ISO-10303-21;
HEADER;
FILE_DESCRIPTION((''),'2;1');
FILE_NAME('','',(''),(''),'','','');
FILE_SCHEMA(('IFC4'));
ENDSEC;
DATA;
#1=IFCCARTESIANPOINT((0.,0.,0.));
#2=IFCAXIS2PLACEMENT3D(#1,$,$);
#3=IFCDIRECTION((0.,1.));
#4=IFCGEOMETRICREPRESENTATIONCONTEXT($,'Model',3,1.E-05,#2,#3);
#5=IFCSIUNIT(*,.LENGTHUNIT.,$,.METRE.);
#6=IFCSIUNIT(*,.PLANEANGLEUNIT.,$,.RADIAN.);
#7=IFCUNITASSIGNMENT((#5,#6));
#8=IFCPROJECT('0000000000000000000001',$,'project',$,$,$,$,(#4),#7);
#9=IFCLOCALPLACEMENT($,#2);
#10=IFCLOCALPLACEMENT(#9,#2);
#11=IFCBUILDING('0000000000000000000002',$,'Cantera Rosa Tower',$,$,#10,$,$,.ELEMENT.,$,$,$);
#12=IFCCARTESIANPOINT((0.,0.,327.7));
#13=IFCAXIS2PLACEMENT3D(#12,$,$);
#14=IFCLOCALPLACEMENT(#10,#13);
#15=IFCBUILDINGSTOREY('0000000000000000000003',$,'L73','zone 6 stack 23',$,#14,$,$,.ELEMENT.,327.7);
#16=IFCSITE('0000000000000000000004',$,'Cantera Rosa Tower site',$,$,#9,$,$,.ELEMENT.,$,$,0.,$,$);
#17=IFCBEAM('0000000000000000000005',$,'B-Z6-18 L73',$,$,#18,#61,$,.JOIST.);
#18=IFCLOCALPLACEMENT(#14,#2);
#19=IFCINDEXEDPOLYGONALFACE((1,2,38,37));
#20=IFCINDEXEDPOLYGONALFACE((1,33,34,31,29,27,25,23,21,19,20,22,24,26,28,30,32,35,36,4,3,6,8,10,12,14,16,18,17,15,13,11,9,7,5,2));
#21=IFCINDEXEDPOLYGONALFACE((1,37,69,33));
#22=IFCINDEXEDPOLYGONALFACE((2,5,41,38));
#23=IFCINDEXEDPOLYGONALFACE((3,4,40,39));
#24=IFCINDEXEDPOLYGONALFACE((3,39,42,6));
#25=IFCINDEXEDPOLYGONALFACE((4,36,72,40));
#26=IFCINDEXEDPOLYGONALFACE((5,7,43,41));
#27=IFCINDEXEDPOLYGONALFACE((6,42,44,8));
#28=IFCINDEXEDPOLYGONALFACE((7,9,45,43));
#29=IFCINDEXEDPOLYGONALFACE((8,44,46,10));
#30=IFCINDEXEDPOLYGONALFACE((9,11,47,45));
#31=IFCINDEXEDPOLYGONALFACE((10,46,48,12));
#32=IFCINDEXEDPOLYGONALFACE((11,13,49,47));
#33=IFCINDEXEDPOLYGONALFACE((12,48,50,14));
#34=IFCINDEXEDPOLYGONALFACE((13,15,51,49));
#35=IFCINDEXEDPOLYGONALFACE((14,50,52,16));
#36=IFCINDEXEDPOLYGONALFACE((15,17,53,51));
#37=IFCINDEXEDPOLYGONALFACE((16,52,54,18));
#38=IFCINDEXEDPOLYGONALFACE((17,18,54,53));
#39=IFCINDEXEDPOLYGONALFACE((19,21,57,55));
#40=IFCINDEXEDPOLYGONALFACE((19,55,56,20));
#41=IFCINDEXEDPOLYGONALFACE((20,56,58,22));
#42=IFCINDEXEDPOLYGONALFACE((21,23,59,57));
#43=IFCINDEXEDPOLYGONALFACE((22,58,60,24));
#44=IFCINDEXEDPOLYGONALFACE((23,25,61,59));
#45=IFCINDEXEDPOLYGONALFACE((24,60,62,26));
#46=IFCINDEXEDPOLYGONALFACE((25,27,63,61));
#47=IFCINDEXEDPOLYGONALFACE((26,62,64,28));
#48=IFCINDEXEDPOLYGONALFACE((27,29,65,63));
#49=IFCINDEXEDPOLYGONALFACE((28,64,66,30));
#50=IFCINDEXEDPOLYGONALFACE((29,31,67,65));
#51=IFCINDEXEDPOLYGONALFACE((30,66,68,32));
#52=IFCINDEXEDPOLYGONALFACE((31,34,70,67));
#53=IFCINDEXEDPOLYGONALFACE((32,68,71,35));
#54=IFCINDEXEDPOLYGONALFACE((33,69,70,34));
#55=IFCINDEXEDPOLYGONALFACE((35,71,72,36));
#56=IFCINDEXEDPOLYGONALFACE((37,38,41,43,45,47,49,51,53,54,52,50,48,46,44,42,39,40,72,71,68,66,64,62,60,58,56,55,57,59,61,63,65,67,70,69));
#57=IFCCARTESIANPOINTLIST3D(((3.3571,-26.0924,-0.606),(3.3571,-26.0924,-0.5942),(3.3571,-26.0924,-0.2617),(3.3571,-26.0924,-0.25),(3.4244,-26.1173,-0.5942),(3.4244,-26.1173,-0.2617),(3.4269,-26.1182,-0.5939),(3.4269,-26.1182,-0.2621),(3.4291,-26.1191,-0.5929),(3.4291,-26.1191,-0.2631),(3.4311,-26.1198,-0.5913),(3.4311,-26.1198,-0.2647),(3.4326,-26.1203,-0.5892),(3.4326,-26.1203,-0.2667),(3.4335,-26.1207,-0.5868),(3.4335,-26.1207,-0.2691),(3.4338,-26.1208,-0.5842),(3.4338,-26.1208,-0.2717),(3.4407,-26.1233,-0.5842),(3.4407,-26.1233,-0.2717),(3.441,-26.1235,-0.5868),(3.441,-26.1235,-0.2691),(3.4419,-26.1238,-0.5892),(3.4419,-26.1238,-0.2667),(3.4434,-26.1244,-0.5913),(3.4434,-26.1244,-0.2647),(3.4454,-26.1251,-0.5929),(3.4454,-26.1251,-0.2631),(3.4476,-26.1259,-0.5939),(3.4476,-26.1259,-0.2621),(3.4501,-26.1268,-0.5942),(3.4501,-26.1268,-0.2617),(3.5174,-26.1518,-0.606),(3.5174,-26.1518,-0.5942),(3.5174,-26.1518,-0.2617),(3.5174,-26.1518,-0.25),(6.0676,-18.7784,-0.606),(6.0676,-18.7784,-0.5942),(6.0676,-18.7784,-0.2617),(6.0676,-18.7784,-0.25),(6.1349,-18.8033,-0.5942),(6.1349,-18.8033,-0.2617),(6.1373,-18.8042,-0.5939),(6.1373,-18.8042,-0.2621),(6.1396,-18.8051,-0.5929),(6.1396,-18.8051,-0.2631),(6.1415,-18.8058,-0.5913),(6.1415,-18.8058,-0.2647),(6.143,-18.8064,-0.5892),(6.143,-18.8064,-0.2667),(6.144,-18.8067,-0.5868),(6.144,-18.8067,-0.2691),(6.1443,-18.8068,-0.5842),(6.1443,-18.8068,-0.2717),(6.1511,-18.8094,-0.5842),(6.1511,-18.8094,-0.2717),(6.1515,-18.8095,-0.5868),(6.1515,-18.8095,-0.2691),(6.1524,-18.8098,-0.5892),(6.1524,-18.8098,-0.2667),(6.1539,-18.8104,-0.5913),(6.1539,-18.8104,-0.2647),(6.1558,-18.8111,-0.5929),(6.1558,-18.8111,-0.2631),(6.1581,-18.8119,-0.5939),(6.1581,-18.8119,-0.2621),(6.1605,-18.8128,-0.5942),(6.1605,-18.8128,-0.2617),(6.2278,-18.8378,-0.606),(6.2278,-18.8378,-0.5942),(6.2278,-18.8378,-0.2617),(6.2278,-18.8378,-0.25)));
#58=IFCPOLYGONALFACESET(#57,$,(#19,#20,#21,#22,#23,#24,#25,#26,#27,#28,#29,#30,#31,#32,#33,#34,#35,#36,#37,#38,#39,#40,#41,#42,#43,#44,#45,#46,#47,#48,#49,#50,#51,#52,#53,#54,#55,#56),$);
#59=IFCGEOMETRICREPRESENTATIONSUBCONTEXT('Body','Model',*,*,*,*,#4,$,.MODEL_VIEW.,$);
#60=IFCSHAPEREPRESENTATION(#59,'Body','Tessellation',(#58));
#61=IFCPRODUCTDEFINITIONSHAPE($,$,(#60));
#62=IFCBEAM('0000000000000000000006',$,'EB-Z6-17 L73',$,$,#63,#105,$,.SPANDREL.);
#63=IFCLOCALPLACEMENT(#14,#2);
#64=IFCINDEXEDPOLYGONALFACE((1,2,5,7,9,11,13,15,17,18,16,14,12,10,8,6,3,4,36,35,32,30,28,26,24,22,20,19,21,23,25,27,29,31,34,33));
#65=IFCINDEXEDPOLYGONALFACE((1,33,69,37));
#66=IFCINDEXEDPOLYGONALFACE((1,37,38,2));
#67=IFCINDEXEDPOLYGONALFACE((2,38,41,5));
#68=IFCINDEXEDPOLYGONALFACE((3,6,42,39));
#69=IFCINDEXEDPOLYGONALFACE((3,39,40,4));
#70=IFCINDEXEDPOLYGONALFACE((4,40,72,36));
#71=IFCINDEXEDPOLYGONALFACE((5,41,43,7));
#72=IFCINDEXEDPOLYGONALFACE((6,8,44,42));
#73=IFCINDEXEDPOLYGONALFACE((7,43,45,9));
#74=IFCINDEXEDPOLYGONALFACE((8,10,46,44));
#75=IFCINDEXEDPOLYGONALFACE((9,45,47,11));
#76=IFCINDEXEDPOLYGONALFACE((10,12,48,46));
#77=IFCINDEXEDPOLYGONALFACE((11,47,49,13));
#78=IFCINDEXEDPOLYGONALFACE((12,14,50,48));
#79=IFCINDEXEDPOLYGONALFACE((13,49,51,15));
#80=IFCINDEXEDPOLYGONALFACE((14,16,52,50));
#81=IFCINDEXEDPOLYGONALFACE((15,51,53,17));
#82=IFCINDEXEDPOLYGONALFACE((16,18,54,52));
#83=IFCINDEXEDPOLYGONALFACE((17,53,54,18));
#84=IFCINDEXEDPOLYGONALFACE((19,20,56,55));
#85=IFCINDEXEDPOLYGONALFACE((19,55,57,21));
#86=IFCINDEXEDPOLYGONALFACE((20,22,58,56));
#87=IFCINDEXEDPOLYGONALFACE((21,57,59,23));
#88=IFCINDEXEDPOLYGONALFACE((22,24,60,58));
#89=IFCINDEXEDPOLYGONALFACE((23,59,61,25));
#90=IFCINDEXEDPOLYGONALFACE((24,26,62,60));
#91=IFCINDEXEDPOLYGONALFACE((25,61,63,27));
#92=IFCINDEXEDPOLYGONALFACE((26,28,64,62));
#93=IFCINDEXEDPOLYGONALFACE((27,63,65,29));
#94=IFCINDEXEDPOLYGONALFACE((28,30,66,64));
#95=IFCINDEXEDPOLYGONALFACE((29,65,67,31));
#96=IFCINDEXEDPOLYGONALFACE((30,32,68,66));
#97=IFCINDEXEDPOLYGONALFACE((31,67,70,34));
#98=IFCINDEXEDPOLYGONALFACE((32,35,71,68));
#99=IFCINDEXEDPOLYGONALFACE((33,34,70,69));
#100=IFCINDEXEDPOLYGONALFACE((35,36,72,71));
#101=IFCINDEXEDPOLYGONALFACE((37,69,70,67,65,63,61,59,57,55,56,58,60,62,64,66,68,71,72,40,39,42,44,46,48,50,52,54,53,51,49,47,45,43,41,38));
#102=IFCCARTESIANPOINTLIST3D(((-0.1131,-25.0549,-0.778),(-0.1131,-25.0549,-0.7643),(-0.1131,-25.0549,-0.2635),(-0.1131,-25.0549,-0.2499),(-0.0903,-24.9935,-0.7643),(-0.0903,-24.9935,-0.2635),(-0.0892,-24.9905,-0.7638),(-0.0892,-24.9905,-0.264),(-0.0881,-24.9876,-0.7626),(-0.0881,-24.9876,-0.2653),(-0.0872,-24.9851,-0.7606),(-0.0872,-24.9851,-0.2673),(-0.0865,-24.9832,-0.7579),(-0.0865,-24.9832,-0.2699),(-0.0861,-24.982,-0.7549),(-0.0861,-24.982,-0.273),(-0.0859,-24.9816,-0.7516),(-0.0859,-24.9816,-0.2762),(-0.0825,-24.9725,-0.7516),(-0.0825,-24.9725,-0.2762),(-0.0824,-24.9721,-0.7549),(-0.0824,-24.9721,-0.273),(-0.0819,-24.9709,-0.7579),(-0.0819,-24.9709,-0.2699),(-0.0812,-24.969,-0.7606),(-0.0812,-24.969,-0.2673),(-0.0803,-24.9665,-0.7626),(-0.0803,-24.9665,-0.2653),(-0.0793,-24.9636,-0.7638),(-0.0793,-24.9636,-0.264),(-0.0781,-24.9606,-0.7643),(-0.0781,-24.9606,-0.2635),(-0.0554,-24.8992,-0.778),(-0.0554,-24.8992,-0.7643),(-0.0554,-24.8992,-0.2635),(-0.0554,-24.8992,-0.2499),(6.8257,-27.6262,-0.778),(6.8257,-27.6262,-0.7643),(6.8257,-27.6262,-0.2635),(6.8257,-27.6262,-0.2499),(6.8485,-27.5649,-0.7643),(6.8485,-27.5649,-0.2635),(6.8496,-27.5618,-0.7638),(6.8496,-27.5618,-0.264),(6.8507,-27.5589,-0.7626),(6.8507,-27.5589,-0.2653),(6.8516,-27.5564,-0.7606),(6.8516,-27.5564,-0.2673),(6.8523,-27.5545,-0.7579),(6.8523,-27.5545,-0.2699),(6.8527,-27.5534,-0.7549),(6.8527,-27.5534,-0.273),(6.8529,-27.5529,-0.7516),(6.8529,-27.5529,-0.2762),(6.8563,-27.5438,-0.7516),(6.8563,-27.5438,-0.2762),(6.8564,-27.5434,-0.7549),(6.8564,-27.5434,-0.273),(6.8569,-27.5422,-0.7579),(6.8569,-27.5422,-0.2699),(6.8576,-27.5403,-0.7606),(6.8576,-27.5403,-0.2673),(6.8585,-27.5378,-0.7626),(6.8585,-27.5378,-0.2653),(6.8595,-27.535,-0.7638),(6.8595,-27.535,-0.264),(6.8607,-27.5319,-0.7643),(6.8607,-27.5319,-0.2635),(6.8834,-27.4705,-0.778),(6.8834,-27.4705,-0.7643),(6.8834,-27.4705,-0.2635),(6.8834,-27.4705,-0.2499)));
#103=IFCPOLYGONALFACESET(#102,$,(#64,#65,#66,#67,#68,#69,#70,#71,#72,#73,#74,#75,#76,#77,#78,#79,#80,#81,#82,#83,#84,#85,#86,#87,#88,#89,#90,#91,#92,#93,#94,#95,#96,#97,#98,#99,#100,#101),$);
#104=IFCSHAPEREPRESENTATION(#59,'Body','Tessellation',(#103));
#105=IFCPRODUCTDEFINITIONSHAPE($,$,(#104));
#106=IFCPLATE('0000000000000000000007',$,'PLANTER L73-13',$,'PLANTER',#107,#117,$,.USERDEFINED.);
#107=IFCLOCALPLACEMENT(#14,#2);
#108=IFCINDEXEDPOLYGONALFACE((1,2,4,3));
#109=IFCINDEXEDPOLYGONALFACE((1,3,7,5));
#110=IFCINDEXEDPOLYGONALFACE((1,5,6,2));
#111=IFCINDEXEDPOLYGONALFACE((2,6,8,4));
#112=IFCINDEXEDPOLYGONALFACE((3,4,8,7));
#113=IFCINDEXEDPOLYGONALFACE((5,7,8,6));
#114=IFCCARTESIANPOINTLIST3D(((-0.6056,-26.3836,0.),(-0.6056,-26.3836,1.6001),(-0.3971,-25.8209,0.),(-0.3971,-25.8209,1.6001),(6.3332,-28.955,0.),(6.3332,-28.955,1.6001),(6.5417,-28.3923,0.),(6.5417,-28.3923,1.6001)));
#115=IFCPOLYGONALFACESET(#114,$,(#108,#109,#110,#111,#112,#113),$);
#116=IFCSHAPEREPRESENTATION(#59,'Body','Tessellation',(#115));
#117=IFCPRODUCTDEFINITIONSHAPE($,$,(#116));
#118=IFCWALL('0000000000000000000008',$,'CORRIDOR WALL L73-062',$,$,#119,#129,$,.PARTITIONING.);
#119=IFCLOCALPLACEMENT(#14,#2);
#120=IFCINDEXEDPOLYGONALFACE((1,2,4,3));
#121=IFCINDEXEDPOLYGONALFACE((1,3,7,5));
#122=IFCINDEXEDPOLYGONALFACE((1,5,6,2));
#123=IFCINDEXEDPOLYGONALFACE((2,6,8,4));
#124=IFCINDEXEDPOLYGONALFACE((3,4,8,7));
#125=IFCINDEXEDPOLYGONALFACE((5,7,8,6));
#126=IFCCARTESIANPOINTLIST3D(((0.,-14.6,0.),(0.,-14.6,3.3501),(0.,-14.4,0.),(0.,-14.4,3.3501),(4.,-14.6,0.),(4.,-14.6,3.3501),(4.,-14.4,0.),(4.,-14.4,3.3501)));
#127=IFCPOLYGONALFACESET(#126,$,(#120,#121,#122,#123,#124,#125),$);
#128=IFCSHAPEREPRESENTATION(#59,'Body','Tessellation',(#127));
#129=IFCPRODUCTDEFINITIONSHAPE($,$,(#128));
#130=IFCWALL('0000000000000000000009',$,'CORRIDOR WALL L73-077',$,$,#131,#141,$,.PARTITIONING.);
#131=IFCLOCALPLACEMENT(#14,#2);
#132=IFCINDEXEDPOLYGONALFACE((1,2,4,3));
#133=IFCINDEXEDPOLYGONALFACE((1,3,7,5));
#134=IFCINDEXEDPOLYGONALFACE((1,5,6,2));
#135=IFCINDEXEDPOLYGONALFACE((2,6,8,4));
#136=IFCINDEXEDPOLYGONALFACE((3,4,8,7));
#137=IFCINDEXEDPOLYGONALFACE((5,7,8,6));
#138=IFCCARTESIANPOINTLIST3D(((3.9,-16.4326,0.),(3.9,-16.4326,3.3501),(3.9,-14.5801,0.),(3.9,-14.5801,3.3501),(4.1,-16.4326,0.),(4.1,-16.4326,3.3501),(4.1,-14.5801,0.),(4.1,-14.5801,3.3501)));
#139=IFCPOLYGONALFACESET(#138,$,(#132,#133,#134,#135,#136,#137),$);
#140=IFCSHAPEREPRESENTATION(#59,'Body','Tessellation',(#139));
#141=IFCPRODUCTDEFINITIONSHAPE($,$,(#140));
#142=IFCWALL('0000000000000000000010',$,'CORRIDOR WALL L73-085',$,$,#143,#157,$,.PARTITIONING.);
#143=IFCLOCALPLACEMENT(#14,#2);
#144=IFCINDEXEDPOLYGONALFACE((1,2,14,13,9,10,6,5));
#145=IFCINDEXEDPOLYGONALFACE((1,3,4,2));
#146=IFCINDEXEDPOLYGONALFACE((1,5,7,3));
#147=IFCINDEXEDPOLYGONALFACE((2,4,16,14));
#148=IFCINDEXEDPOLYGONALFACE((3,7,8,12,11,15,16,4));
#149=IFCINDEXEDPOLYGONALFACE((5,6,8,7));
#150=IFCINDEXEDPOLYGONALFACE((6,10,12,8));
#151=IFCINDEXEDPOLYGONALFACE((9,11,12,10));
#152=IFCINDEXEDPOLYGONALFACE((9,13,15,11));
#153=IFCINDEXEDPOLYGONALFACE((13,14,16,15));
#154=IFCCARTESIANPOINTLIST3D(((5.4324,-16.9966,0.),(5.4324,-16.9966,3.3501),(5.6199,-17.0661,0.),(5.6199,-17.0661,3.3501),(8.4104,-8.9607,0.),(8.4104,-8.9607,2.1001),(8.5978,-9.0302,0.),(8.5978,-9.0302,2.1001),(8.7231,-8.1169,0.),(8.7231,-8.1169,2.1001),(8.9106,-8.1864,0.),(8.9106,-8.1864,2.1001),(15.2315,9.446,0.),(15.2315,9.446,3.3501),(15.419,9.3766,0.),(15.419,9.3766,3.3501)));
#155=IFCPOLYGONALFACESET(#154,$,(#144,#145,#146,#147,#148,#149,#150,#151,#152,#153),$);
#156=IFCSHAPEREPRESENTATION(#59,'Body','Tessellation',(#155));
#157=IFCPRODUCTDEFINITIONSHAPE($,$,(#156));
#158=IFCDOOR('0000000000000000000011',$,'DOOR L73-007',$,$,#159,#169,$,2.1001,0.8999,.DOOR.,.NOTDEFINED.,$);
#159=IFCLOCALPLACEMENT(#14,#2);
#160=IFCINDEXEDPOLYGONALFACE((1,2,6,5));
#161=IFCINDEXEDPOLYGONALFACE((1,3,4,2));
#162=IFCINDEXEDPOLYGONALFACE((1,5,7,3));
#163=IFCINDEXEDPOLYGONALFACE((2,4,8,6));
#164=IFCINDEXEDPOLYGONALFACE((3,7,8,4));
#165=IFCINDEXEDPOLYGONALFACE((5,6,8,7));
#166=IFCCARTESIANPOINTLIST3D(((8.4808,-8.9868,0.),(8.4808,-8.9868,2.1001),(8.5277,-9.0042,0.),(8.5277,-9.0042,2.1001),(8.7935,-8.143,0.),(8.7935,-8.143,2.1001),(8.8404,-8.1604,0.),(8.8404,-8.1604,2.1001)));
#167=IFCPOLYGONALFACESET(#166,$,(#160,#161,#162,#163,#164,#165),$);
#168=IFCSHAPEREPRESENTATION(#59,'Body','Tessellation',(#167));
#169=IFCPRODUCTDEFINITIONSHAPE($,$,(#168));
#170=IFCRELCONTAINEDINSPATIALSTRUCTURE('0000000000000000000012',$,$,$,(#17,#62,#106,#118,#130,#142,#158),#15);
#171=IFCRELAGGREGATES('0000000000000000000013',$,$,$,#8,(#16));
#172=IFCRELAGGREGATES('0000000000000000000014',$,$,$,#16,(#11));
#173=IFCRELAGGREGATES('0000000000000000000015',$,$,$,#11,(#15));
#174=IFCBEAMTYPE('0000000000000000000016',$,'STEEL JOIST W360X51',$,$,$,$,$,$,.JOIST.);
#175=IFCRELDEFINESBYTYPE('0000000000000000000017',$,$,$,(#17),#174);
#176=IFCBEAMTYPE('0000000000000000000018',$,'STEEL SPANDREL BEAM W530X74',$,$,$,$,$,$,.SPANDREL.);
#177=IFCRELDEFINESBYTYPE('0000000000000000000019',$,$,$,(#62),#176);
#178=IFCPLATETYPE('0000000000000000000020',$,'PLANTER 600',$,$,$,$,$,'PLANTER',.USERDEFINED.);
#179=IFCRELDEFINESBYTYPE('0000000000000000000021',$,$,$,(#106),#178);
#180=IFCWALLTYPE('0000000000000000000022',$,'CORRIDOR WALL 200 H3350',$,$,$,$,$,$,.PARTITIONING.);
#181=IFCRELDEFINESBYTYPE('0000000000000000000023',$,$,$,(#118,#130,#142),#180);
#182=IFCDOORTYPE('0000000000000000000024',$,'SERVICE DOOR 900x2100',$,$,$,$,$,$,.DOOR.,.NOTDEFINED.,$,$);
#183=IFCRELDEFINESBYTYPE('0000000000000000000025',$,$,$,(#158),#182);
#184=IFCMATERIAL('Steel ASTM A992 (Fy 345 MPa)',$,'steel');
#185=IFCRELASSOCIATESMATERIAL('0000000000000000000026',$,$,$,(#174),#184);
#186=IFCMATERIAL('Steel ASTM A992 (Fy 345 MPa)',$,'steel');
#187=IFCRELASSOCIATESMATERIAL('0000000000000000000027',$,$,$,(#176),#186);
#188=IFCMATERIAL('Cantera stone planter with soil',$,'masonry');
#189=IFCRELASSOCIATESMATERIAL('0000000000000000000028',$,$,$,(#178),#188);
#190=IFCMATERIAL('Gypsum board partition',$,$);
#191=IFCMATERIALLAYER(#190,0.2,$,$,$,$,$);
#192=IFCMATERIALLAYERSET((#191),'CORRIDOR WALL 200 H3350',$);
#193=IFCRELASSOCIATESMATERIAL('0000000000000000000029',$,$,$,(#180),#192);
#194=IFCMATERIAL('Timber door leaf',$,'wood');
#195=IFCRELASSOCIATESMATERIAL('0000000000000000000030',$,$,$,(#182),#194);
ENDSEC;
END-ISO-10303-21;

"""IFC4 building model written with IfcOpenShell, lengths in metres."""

from ifc_helpers import new_model, si_unit, direction, frame, frame_2d, origin, origin_2d, place, context, subcontext, project, spatial, rectangle, i_section, extrude, material, layer, layer_set, material_profile, profile_set, type_object, element, fill, save


model = new_model("IFC4")

# Units and contexts
model_context = context("Model", 3, precision=1e-05, world=origin(), true_north=direction((0.0, 1.0)))
body_context = subcontext(model_context, "Body", "Model", "MODEL_VIEW")
ifc_project = project(units=[si_unit("LENGTHUNIT", "METRE"), si_unit("PLANEANGLEUNIT", "RADIAN")], contexts=[model_context])

# Site, building, storey
site_placement = place(None, origin())
site = spatial("IfcSite", under=ifc_project, at=site_placement, Name="Cantera Rosa Tower site", CompositionType="ELEMENT", RefElevation=0.0)
building_placement = place(site_placement, origin())
building = spatial("IfcBuilding", under=site, at=building_placement, Name="Cantera Rosa Tower", CompositionType="ELEMENT")
storey_placement = place(building_placement, frame((0.0, 0.0, 327.7)))
storey = spatial("IfcBuildingStorey", under=building, at=storey_placement, Name="L73", Description="zone 6 stack 23", CompositionType="ELEMENT", Elevation=327.7)

# Beams
ifc_material_1 = material(Name="Steel ASTM A992 (Fy 345 MPa)", Category="steel")
ifc_material_profile_1 = material_profile(ifc_material_1, i_section(OverallWidth=0.1709, OverallDepth=0.356, WebThickness=0.0073, FlangeThickness=0.0117, FilletRadius=0.01, at=origin_2d()), Name="W360X51")
ifc_profile_set_1 = profile_set([ifc_material_profile_1], Name="Steel ASTM A992 (Fy 345 MPa)")
beam_type_1 = type_object("IfcBeamType", Name="STEEL JOIST W360X51", PredefinedType="JOIST", material=ifc_profile_set_1)
beam_1_placement = place(storey_placement, frame((3.4373, -26.1221, -0.428), z_axis=(0.347492, 0.937683, 0.0), x_axis=(-0.937683, 0.347492, 0.0)))
element("IfcBeam", 1, at=beam_1_placement, inside=storey, type_object=beam_type_1, Name="B-Z6-18 L73", PredefinedType="JOIST", context=body_context, shape_type="SweptSolid", body=[
    extrude(i_section(OverallWidth=0.1709, OverallDepth=0.356, WebThickness=0.0073, FlangeThickness=0.0117, FilletRadius=0.01, at=origin_2d()), origin(), (0.0, 0.0, 1.0), 7.8),
])
ifc_material_2 = material(Name="Steel ASTM A992 (Fy 345 MPa)", Category="steel")
ifc_material_profile_2 = material_profile(ifc_material_2, i_section(OverallWidth=0.166, OverallDepth=0.5281, WebThickness=0.0098, FlangeThickness=0.0137, FilletRadius=0.0127, at=origin_2d()), Name="W530X74")
ifc_profile_set_2 = profile_set([ifc_material_profile_2], Name="Steel ASTM A992 (Fy 345 MPa)")
beam_type_2 = type_object("IfcBeamType", Name="STEEL SPANDREL BEAM W530X74", PredefinedType="SPANDREL", material=ifc_profile_set_2)
beam_2_placement = place(storey_placement, frame((-0.0842, -24.9771, -0.5139), z_axis=(0.937687, -0.34748, 0.0), x_axis=(0.34748, 0.937687, 0.0)))
element("IfcBeam", 2, at=beam_2_placement, inside=storey, type_object=beam_type_2, Name="EB-Z6-17 L73", PredefinedType="SPANDREL", context=body_context, shape_type="SweptSolid", body=[
    extrude(i_section(OverallWidth=0.166, OverallDepth=0.5281, WebThickness=0.0098, FlangeThickness=0.0137, FilletRadius=0.0127, at=origin_2d()), origin(), (0.0, 0.0, 1.0), 7.3999),
])

# Plate
ifc_material_3 = material(Name="Cantera stone planter with soil", Category="masonry")
plate_type = type_object("IfcPlateType", Name="PLANTER 600", ElementType="PLANTER", PredefinedType="USERDEFINED", material=ifc_material_3)
plate_placement = place(storey_placement, frame((2.968, -27.3879, 0.0), z_axis=(0.0, 0.0, 1.0), x_axis=(0.937687, -0.347481, 0.0)))
element("IfcPlate", 3, at=plate_placement, inside=storey, type_object=plate_type, Name="PLANTER L73-13", ObjectType="PLANTER", PredefinedType="USERDEFINED", context=body_context, shape_type="SweptSolid", body=[
    extrude(rectangle(XDim=7.3999, YDim=0.6001, at=origin_2d()), origin(), (0.0, 0.0, 1.0), 1.6001),
])

# Walls
ifc_material_4 = material(Name="Gypsum board partition")
ifc_layer_1 = layer(ifc_material_4, 0.2)
ifc_layer_set_1 = layer_set([ifc_layer_1], Name="CORRIDOR WALL 200 H3350")
wall_type_1 = type_object("IfcWallType", Name="CORRIDOR WALL 200 H3350", PredefinedType="PARTITIONING", material=ifc_layer_set_1)
wall_1_placement = place(storey_placement, frame((0.0, -14.5, 0.0), z_axis=(0.0, 0.0, 1.0), x_axis=(1.0, 0.0, 0.0)))
element("IfcWall", 4, at=wall_1_placement, inside=storey, type_object=wall_type_1, Name="CORRIDOR WALL L73-062", PredefinedType="PARTITIONING", context=body_context, shape_type="SweptSolid", body=[
    extrude(rectangle(XDim=4.0, YDim=0.2, at=frame_2d((2.0, 0.0))), origin(), (0.0, 0.0, 1.0), 3.3501),
])
wall_2_placement = place(storey_placement, frame((4.0, -16.4326, 0.0), z_axis=(0.0, 0.0, 1.0), x_axis=(0.0, 1.0, 0.0)))
element("IfcWall", 5, at=wall_2_placement, inside=storey, type_object=wall_type_1, Name="CORRIDOR WALL L73-077", PredefinedType="PARTITIONING", context=body_context, shape_type="SweptSolid", body=[
    extrude(rectangle(XDim=1.8525, YDim=0.2, at=frame_2d((0.9263, 0.0))), origin(), (0.0, 0.0, 1.0), 3.3501),
])

# Wall, opening, door
wall_3_placement = place(storey_placement, frame((5.5261, -17.0315, 0.0), z_axis=(0.0, 0.0, 1.0), x_axis=(0.347486, 0.937685, 0.0)))
wall_3 = element("IfcWall", 6, at=wall_3_placement, inside=storey, type_object=wall_type_1, Name="CORRIDOR WALL L73-085", PredefinedType="PARTITIONING", context=body_context, shape_type="SweptSolid", body=[
    extrude(rectangle(XDim=28.2, YDim=0.2, at=frame_2d((14.1001, 0.0))), origin(), (0.0, 0.0, 1.0), 3.3501),
])
opening_1_placement = place(wall_3_placement, frame((8.5701, 0.0, 0.0)))
opening_1 = element("IfcOpeningElement", 7, at=opening_1_placement, cuts=wall_3, PredefinedType="OPENING", context=body_context, shape_type="SweptSolid", body=[
    extrude(rectangle(XDim=0.8999, YDim=2.1001, at=frame_2d((0.45, 1.05))), frame((0.0, 0.1099, 0.0), z_axis=(0.0, -1.0, 0.0), x_axis=(1.0, 0.0, 0.0)), (0.0, 0.0, 1.0), 0.22),
])
ifc_material_5 = material(Name="Timber door leaf", Category="wood")
door_type_1 = type_object("IfcDoorType", Name="SERVICE DOOR 900x2100", OperationType="NOTDEFINED", PredefinedType="DOOR", material=ifc_material_5)
door_1_placement = place(opening_1_placement, origin())
door_1 = element("IfcDoor", 8, at=door_1_placement, inside=storey, type_object=door_type_1, Name="DOOR L73-007", OperationType="NOTDEFINED", OverallHeight=2.1001, OverallWidth=0.8999, PredefinedType="DOOR", context=body_context, shape_type="SweptSolid", body=[
    extrude(rectangle(XDim=0.8999, YDim=2.1001, at=frame_2d((0.45, 1.05))), frame((0.0, 0.0249, 0.0), z_axis=(0.0, -1.0, 0.0), x_axis=(1.0, 0.0, 0.0)), (0.0, 0.0, 1.0), 0.05),
])
fill(opening_1, door_1)

save(model, "model.ifc")
